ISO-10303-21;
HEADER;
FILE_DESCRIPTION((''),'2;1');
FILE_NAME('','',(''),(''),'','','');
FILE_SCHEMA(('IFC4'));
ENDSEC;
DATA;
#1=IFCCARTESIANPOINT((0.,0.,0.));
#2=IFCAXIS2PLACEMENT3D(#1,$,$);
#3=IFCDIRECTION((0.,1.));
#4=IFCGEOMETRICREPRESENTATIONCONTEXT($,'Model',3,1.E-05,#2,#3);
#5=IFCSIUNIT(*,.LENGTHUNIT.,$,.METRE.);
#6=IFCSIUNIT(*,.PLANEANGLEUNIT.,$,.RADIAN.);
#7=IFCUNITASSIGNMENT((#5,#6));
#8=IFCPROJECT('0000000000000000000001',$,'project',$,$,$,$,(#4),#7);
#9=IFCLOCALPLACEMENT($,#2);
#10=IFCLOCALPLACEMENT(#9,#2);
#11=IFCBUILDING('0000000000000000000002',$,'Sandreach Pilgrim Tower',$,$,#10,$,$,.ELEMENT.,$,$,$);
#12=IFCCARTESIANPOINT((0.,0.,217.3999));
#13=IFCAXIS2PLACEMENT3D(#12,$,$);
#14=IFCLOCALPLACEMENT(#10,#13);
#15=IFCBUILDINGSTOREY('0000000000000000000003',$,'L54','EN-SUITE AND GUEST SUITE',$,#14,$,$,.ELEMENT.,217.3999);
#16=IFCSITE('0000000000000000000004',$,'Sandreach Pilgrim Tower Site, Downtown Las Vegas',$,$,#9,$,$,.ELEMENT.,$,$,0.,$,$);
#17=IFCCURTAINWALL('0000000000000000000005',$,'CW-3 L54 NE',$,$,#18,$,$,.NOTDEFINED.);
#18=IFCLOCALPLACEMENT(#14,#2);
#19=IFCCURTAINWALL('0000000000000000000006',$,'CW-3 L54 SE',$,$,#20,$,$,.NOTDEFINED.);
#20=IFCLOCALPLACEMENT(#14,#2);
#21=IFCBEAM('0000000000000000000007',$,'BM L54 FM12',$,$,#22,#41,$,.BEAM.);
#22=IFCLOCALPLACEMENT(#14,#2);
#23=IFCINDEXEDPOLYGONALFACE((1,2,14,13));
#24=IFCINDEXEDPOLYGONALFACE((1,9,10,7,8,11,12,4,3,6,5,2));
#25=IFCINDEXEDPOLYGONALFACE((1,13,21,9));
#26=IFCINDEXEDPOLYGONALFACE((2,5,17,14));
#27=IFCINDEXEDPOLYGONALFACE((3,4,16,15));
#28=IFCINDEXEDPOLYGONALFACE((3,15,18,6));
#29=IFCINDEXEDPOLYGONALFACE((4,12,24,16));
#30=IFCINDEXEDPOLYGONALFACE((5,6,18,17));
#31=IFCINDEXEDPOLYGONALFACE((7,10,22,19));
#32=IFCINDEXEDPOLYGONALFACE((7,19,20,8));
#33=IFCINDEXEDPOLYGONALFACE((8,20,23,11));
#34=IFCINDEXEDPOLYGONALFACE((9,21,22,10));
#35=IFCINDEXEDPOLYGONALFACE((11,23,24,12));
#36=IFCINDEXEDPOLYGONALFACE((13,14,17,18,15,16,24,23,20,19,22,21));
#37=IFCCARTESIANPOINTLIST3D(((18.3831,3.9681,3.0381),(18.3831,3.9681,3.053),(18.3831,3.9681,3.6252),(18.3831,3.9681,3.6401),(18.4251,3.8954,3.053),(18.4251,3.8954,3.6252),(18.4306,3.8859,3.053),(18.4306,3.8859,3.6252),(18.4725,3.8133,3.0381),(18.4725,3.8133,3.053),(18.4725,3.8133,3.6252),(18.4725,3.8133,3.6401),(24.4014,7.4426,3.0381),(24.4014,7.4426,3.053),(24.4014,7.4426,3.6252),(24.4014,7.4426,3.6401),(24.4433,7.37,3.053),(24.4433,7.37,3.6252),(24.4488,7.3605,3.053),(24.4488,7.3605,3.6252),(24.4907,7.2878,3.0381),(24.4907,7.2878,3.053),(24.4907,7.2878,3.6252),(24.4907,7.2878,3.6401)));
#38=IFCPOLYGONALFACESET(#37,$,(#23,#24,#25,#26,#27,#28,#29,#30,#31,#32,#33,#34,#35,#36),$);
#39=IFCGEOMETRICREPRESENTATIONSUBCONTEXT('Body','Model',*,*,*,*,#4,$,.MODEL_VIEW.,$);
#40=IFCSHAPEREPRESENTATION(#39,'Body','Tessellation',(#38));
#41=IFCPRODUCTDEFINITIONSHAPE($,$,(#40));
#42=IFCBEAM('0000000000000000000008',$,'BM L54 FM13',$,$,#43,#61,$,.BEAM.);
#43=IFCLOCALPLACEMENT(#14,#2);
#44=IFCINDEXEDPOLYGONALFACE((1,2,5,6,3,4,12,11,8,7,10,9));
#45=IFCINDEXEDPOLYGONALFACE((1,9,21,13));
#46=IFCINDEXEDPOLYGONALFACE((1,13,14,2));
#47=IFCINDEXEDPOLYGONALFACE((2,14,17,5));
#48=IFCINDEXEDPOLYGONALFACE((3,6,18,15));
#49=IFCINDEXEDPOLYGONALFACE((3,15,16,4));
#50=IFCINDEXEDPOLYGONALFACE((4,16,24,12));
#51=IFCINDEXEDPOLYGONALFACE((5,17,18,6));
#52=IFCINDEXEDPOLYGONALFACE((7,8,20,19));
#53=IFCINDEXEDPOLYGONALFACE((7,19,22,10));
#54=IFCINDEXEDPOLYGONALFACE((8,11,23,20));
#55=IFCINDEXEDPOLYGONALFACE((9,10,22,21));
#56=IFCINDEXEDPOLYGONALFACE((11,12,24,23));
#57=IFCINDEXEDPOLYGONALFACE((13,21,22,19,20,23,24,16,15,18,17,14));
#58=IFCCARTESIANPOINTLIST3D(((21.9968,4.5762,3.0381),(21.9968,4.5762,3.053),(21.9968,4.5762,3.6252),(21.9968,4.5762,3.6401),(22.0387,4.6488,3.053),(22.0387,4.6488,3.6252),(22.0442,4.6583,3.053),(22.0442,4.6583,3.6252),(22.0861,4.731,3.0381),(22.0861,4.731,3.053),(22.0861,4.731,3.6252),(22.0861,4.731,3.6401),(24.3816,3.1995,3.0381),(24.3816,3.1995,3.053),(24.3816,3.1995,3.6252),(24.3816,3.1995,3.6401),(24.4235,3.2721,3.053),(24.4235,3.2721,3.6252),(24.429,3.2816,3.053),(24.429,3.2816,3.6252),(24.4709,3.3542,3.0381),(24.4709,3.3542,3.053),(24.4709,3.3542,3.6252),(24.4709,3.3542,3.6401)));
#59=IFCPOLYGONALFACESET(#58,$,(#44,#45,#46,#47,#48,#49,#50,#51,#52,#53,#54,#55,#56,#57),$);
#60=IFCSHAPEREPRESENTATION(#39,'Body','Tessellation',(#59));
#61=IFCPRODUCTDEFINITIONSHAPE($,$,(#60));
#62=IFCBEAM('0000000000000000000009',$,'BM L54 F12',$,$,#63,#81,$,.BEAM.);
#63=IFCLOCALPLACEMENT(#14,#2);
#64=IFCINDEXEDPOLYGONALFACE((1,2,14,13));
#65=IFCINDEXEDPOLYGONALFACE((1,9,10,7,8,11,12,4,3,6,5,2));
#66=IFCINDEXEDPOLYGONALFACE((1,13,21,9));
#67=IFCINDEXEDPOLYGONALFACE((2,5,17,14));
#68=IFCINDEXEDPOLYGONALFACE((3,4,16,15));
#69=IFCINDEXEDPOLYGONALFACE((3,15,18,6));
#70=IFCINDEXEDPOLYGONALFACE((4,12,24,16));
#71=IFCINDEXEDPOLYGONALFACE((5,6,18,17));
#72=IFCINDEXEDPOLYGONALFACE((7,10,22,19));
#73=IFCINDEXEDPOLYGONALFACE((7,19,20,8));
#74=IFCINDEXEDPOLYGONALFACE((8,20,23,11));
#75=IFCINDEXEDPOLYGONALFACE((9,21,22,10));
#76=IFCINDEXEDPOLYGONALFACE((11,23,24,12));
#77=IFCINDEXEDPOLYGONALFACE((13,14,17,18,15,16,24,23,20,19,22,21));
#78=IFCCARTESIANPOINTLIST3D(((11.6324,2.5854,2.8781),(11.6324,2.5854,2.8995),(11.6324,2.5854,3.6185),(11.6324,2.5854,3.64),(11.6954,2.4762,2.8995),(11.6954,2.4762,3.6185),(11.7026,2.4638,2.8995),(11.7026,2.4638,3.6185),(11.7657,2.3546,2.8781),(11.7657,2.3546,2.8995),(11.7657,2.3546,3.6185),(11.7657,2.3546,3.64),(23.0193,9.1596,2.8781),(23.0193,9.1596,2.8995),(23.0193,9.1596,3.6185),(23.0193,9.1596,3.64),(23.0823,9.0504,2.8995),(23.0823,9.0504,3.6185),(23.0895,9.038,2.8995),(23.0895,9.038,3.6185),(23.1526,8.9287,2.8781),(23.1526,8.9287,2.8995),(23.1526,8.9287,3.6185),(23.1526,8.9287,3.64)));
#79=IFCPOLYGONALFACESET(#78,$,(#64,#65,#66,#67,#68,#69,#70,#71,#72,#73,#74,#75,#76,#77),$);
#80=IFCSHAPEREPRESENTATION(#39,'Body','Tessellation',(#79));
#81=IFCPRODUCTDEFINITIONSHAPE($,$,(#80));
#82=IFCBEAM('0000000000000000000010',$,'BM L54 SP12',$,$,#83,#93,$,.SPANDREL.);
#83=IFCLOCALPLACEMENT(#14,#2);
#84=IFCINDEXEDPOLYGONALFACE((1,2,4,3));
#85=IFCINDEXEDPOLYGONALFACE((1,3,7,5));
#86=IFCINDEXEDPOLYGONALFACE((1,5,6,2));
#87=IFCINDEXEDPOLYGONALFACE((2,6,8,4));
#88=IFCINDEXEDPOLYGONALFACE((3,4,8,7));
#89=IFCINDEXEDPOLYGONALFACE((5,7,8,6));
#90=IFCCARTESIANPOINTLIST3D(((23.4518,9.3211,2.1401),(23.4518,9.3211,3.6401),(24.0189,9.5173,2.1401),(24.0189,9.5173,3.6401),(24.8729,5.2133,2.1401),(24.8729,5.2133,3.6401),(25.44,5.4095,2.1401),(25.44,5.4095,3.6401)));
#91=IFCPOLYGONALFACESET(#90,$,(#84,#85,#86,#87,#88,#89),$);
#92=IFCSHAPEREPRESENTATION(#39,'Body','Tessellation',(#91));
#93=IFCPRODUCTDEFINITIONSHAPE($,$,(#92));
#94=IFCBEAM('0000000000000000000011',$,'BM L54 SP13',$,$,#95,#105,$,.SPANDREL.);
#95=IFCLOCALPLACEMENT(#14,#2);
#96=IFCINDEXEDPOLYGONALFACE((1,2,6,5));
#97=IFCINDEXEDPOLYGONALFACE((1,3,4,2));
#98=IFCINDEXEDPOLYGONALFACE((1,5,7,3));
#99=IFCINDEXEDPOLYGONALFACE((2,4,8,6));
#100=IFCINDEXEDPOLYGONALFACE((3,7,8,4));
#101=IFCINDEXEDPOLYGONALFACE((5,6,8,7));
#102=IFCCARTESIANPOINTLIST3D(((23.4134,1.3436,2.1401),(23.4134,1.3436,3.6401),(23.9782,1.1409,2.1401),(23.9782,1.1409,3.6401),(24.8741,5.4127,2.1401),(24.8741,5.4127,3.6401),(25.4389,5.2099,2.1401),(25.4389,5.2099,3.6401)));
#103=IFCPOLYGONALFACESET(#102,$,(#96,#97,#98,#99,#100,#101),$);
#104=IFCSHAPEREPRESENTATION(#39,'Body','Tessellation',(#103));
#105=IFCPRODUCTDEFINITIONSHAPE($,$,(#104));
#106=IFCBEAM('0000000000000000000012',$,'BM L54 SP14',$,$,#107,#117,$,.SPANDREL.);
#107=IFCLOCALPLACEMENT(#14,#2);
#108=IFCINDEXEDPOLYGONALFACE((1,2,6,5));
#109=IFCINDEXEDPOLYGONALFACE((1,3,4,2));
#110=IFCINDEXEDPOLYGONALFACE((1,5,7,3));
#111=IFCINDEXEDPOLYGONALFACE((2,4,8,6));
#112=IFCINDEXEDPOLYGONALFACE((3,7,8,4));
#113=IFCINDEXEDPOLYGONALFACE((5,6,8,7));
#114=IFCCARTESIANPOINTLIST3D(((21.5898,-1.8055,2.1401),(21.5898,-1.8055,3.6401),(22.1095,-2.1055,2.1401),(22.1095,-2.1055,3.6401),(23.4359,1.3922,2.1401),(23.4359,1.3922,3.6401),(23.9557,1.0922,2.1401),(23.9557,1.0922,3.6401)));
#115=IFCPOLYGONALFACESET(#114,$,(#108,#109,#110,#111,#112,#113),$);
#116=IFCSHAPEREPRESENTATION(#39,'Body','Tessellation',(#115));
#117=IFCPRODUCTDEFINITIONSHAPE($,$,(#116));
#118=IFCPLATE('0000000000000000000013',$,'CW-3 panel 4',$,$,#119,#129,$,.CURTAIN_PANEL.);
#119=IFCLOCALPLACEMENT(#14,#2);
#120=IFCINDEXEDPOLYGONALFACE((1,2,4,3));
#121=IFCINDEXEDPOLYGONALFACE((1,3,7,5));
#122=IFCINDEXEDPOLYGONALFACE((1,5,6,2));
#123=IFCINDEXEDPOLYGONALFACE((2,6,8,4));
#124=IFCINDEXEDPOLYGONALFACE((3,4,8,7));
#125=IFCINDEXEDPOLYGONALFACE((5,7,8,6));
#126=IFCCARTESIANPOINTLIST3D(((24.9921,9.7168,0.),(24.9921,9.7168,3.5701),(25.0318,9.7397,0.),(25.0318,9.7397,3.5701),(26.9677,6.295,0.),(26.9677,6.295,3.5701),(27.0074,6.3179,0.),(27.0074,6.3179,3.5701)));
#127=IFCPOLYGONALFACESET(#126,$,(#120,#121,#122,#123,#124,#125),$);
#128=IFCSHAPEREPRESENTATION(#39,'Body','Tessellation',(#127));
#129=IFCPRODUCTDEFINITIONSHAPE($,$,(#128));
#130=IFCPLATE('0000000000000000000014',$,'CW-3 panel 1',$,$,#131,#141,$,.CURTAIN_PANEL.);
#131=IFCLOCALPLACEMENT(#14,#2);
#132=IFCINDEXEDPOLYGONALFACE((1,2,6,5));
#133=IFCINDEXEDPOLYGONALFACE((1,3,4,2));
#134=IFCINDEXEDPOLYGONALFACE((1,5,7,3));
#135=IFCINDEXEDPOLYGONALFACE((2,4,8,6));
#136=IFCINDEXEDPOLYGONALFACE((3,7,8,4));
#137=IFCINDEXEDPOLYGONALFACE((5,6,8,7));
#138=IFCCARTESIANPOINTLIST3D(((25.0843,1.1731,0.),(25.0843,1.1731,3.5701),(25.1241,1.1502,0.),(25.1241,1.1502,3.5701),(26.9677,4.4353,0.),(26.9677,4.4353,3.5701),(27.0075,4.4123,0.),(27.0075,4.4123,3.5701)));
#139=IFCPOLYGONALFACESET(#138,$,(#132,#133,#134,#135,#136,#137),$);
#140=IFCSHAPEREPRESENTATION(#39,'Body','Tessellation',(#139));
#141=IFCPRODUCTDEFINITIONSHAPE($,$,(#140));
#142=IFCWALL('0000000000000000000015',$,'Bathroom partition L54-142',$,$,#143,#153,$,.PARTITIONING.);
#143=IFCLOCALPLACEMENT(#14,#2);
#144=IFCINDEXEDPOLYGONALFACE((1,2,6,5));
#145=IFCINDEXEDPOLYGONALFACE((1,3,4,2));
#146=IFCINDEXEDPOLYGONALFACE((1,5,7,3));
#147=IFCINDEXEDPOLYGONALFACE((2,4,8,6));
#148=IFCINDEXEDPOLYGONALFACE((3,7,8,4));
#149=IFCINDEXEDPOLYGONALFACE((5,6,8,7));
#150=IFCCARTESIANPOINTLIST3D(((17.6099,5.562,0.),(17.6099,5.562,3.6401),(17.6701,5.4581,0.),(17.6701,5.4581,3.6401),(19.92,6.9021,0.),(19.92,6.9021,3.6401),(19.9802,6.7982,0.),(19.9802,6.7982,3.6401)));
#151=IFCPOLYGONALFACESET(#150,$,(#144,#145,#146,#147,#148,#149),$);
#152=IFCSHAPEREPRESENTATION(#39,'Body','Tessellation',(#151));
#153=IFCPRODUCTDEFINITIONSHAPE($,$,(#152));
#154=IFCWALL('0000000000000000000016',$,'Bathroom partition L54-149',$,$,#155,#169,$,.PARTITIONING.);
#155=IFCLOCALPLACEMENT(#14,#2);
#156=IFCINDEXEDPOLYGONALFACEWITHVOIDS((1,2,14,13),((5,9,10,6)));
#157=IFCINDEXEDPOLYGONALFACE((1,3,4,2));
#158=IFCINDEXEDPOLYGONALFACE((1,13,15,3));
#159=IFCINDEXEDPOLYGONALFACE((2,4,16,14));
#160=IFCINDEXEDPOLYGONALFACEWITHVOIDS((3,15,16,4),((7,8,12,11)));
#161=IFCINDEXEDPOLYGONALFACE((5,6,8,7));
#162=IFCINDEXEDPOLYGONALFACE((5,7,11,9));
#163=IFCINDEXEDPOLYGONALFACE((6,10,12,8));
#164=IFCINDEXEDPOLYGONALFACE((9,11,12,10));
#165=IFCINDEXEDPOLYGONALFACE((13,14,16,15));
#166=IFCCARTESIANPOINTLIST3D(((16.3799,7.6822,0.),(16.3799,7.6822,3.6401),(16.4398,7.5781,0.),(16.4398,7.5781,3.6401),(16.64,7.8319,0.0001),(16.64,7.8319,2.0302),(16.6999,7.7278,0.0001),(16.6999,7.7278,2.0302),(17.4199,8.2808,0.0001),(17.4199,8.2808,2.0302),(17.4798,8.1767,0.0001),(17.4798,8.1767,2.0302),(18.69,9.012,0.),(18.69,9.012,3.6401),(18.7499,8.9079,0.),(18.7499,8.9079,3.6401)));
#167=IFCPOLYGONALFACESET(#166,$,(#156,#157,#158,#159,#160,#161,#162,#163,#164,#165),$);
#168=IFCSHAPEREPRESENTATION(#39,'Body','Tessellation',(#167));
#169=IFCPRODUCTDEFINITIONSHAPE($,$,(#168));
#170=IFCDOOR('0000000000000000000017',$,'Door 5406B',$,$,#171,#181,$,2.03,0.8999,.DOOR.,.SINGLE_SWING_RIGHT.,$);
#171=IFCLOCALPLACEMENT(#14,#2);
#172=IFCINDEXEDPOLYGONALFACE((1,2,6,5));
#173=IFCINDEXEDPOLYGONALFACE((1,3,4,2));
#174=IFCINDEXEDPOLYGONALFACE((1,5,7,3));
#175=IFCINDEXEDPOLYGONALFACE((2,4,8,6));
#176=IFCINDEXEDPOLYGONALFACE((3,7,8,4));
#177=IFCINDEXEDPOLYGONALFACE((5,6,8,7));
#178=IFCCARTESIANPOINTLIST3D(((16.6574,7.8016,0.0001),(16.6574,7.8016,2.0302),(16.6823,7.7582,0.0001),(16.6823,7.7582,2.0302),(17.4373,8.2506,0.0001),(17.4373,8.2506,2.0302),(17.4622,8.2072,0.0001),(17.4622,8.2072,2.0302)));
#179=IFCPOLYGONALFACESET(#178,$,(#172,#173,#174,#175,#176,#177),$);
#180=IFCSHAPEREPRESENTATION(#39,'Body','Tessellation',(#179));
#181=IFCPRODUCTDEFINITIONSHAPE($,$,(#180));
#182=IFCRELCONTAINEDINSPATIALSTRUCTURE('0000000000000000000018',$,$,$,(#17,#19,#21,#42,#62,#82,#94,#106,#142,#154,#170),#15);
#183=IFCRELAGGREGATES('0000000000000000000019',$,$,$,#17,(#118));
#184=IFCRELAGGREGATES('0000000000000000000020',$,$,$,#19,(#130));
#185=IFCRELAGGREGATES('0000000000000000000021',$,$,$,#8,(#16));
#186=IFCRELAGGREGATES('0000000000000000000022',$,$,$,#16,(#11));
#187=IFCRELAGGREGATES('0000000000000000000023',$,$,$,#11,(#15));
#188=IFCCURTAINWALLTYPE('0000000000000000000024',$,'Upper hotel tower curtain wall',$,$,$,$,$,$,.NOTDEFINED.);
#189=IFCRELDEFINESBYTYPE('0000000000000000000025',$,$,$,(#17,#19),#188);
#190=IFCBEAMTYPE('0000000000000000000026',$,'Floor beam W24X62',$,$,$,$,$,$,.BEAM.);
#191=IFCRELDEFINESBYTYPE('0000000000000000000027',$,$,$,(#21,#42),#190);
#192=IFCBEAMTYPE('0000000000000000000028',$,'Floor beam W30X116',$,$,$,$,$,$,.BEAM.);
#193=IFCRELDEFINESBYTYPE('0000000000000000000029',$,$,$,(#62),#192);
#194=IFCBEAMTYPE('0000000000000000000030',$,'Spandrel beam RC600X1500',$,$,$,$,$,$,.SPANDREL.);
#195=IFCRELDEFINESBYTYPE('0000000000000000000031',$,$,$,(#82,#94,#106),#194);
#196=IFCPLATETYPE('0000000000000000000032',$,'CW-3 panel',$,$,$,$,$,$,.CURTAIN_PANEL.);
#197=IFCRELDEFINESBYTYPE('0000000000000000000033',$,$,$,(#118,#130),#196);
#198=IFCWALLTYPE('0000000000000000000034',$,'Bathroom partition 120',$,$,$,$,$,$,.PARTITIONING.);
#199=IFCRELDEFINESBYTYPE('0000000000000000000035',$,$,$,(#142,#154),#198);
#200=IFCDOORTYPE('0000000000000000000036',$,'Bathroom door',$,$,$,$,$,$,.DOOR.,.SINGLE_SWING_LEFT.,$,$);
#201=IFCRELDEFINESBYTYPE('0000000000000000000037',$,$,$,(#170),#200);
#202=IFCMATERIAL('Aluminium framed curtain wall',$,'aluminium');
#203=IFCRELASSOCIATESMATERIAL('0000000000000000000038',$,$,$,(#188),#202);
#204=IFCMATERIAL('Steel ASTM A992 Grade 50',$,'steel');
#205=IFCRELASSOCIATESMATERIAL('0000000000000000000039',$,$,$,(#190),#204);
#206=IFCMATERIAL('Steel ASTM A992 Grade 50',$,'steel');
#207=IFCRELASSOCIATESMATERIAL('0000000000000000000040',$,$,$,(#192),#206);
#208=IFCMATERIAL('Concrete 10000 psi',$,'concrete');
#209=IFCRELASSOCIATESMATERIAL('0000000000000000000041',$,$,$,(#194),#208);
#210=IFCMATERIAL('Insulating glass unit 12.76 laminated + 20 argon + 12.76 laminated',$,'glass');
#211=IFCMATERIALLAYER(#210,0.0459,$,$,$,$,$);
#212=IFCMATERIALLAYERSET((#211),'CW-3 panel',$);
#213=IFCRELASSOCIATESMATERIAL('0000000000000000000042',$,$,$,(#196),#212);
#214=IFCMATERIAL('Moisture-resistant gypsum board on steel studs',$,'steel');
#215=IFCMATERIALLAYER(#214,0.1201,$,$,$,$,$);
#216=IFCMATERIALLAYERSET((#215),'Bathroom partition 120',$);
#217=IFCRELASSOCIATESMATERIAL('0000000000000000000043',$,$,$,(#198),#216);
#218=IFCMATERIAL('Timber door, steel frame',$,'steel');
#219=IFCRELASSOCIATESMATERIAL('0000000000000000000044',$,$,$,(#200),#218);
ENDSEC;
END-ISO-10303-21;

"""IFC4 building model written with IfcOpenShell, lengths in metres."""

from ifc_helpers import new_model, si_unit, direction, frame, frame_2d, origin, origin_2d, place, context, subcontext, project, spatial, rectangle, i_section, extrude, material, layer, layer_set, material_profile, profile_set, type_object, element, fill, aggregate, save


model = new_model("IFC4")

# Units and contexts
model_context = context("Model", 3, precision=1e-05, world=origin(), true_north=direction((0.0, 1.0)))
body_context = subcontext(model_context, "Body", "Model", "MODEL_VIEW")
ifc_project = project(units=[si_unit("LENGTHUNIT", "METRE"), si_unit("PLANEANGLEUNIT", "RADIAN")], contexts=[model_context])

# Site, building, storey
site_placement = place(None, origin())
site = spatial("IfcSite", under=ifc_project, at=site_placement, Name="Sandreach Pilgrim Tower Site, Downtown Las Vegas", CompositionType="ELEMENT", RefElevation=0.0)
building_placement = place(site_placement, origin())
building = spatial("IfcBuilding", under=site, at=building_placement, Name="Sandreach Pilgrim Tower", CompositionType="ELEMENT")
storey_placement = place(building_placement, frame((0.0, 0.0, 217.3999)))
storey = spatial("IfcBuildingStorey", under=building, at=storey_placement, Name="L54", Description="EN-SUITE AND GUEST SUITE", CompositionType="ELEMENT", Elevation=217.3999)

# Curtain wall
ifc_material_1 = material(Name="Aluminium framed curtain wall", Category="aluminium")
curtain_wall_type = type_object("IfcCurtainWallType", Name="Upper hotel tower curtain wall", PredefinedType="NOTDEFINED", material=ifc_material_1)
curtain_wall_1_placement = place(storey_placement, origin())
curtain_wall_1 = element("IfcCurtainWall", 1, at=curtain_wall_1_placement, inside=storey, type_object=curtain_wall_type, Name="CW-3 L54 NE", PredefinedType="NOTDEFINED")

# Curtain wall
curtain_wall_2_placement = place(storey_placement, origin())
curtain_wall_2 = element("IfcCurtainWall", 2, at=curtain_wall_2_placement, inside=storey, type_object=curtain_wall_type, Name="CW-3 L54 SE", PredefinedType="NOTDEFINED")

# Beams
ifc_material_2 = material(Name="Steel ASTM A992 Grade 50", Category="steel")
ifc_material_profile_1 = material_profile(ifc_material_2, i_section(OverallWidth=0.1787, OverallDepth=0.6021, WebThickness=0.011, FlangeThickness=0.0149, at=origin_2d()), Name="W24X62")
ifc_profile_set_1 = profile_set([ifc_material_profile_1], Name="Steel ASTM A992 Grade 50")
beam_type_1 = type_object("IfcBeamType", Name="Floor beam W24X62", PredefinedType="BEAM", material=ifc_profile_set_1)
beam_1_placement = place(storey_placement, frame((24.446, 7.3652, 3.3391), z_axis=(-0.866029, -0.499993, 0.0), x_axis=(0.499993, -0.866029, 0.0)))
element("IfcBeam", 3, at=beam_1_placement, inside=storey, type_object=beam_type_1, Name="BM L54 FM12", PredefinedType="BEAM", context=body_context, shape_type="SweptSolid", body=[
    extrude(i_section(OverallWidth=0.1787, OverallDepth=0.6021, WebThickness=0.011, FlangeThickness=0.0149, at=origin_2d()), origin(), (0.0, 0.0, 1.0), 6.9492),
])
beam_2_placement = place(storey_placement, frame((24.4263, 3.2769, 3.3391), z_axis=(-0.866047, 0.499963, 0.0), x_axis=(-0.499963, -0.866047, 0.0)))
element("IfcBeam", 4, at=beam_2_placement, inside=storey, type_object=beam_type_1, Name="BM L54 FM13", PredefinedType="BEAM", context=body_context, shape_type="SweptSolid", body=[
    extrude(i_section(OverallWidth=0.1787, OverallDepth=0.6021, WebThickness=0.011, FlangeThickness=0.0149, at=origin_2d()), origin(), (0.0, 0.0, 1.0), 2.7537),
])
ifc_material_3 = material(Name="Steel ASTM A992 Grade 50", Category="steel")
ifc_material_profile_2 = material_profile(ifc_material_3, i_section(OverallWidth=0.2666, OverallDepth=0.762, WebThickness=0.0144, FlangeThickness=0.0215, at=origin_2d()), Name="W30X116")
ifc_profile_set_2 = profile_set([ifc_material_profile_2], Name="Steel ASTM A992 Grade 50")
beam_type_2 = type_object("IfcBeamType", Name="Floor beam W30X116", PredefinedType="BEAM", material=ifc_profile_set_2)
beam_3_placement = place(storey_placement, frame((23.0859, 9.0442, 3.259), z_axis=(-0.866027, -0.499997, 0.0), x_axis=(0.499997, -0.866027, 0.0)))
element("IfcBeam", 5, at=beam_3_placement, inside=storey, type_object=beam_type_2, Name="BM L54 F12", PredefinedType="BEAM", context=body_context, shape_type="SweptSolid", body=[
    extrude(i_section(OverallWidth=0.2666, OverallDepth=0.762, WebThickness=0.0144, FlangeThickness=0.0215, at=origin_2d()), origin(), (0.0, 0.0, 1.0), 13.1484),
])
ifc_material_4 = material(Name="Concrete 10000 psi", Category="concrete")
ifc_material_profile_3 = material_profile(ifc_material_4, rectangle(XDim=0.6001, YDim=1.5, at=origin_2d()), Name="RC600X1500")
ifc_profile_set_3 = profile_set([ifc_material_profile_3], Name="Concrete 10000 psi")
beam_type_3 = type_object("IfcBeamType", Name="Spandrel beam RC600X1500", PredefinedType="SPANDREL", material=ifc_profile_set_3)
beam_4_placement = place(storey_placement, frame((23.7354, 9.4192, 2.8901), z_axis=(0.326941, -0.945045, 0.0), x_axis=(0.945045, 0.326941, 0.0)))
element("IfcBeam", 6, at=beam_4_placement, inside=storey, type_object=beam_type_3, Name="BM L54 SP12", PredefinedType="SPANDREL", context=body_context, shape_type="SweptSolid", body=[
    extrude(rectangle(XDim=0.6001, YDim=1.5, at=origin_2d()), origin(), (0.0, 0.0, 1.0), 4.3467),
])
beam_5_placement = place(storey_placement, frame((25.1565, 5.3113, 2.8901), z_axis=(-0.337863, -0.941195, 0.0), x_axis=(0.941195, -0.337863, 0.0)))
element("IfcBeam", 7, at=beam_5_placement, inside=storey, type_object=beam_type_3, Name="BM L54 SP13", PredefinedType="SPANDREL", context=body_context, shape_type="SweptSolid", body=[
    extrude(rectangle(XDim=0.6001, YDim=1.5, at=origin_2d()), origin(), (0.0, 0.0, 1.0), 4.3232),
])
beam_6_placement = place(storey_placement, frame((23.6958, 1.2422, 2.8901), z_axis=(-0.499993, -0.866029, 0.0), x_axis=(0.866029, -0.499993, 0.0)))
element("IfcBeam", 8, at=beam_6_placement, inside=storey, type_object=beam_type_3, Name="BM L54 SP14", PredefinedType="SPANDREL", context=body_context, shape_type="SweptSolid", body=[
    extrude(rectangle(XDim=0.6001, YDim=1.5, at=origin_2d()), origin(), (0.0, 0.0, 1.0), 3.6924),
])

# Plates
ifc_material_5 = material(Name="Insulating glass unit 12.76 laminated + 20 argon + 12.76 laminated", Category="glass")
ifc_layer_1 = layer(ifc_material_5, 0.0459)
ifc_layer_set_1 = layer_set([ifc_layer_1], Name="CW-3 panel")
plate_type = type_object("IfcPlateType", Name="CW-3 panel", PredefinedType="CURTAIN_PANEL", material=ifc_layer_set_1)
plate_1_placement = place(storey_placement, frame((25.9998, 8.0173, 0.0), z_axis=(0.0, 0.0, 1.0), x_axis=(0.5, -0.866025, 0.0)))
plate_1 = element("IfcPlate", 9, at=plate_1_placement, type_object=plate_type, Name="CW-3 panel 4", PredefinedType="CURTAIN_PANEL", context=body_context, shape_type="SweptSolid", body=[
    extrude(rectangle(XDim=3.9512, YDim=0.0459, at=origin_2d()), origin(), (0.0, 0.0, 1.0), 3.5701),
])
aggregate(curtain_wall_1, [plate_1])
plate_2_placement = place(storey_placement, frame((26.0459, 2.7927, 0.0), z_axis=(0.0, 0.0, 1.0), x_axis=(-0.5, -0.866025, 0.0)))
plate_2 = element("IfcPlate", 10, at=plate_2_placement, type_object=plate_type, Name="CW-3 panel 1", PredefinedType="CURTAIN_PANEL", context=body_context, shape_type="SweptSolid", body=[
    extrude(rectangle(XDim=3.7668, YDim=0.0459, at=origin_2d()), origin(), (0.0, 0.0, 1.0), 3.5701),
])
aggregate(curtain_wall_2, [plate_2])

# Wall
ifc_material_6 = material(Name="Moisture-resistant gypsum board on steel studs", Category="steel")
ifc_layer_2 = layer(ifc_material_6, 0.1201)
ifc_layer_set_2 = layer_set([ifc_layer_2], Name="Bathroom partition 120")
wall_type_1 = type_object("IfcWallType", Name="Bathroom partition 120", PredefinedType="PARTITIONING", material=ifc_layer_set_2)
wall_1_placement = place(storey_placement, frame((17.6399, 5.51, 0.0), z_axis=(0.0, 0.0, 1.0), x_axis=(0.86499, 0.501789, 0.0)))
element("IfcWall", 11, at=wall_1_placement, inside=storey, type_object=wall_type_1, Name="Bathroom partition L54-142", PredefinedType="PARTITIONING", context=body_context, shape_type="SweptSolid", body=[
    extrude(rectangle(XDim=2.6707, YDim=0.1201, at=frame_2d((1.3354, 0.0))), origin(), (0.0, 0.0, 1.0), 3.6401),
])

# Wall, opening, door
wall_2_placement = place(storey_placement, frame((18.72, 8.96, 0.0), z_axis=(0.0, 0.0, 1.0), x_axis=(-0.866655, -0.498908, 0.0)))
wall_2 = element("IfcWall", 12, at=wall_2_placement, inside=storey, type_object=wall_type_1, Name="Bathroom partition L54-149", PredefinedType="PARTITIONING", context=body_context, shape_type="SweptSolid", body=[
    extrude(rectangle(XDim=2.6655, YDim=0.1201, at=frame_2d((1.3328, 0.0))), origin(), (0.0, 0.0, 1.0), 3.6401),
])
opening_1_placement = place(wall_2_placement, frame((1.4656, 0.0, 0.0)))
opening_1 = element("IfcOpeningElement", 13, at=opening_1_placement, cuts=wall_2, PredefinedType="OPENING", context=body_context, shape_type="SweptSolid", body=[
    extrude(rectangle(XDim=0.8999, YDim=2.03, at=frame_2d((0.45, 1.0151))), frame((0.0, 0.0601, 0.0), z_axis=(0.0, -1.0, 0.0), x_axis=(1.0, 0.0, 0.0)), (0.0, 0.0, 1.0), 0.1201),
])
ifc_material_7 = material(Name="Timber door, steel frame", Category="steel")
door_type = type_object("IfcDoorType", Name="Bathroom door", OperationType="SINGLE_SWING_LEFT", PredefinedType="DOOR", material=ifc_material_7)
door_1_placement = place(opening_1_placement, origin())
door_1 = element("IfcDoor", 14, at=door_1_placement, inside=storey, type_object=door_type, Name="Door 5406B", OperationType="SINGLE_SWING_RIGHT", OverallHeight=2.03, OverallWidth=0.8999, PredefinedType="DOOR", context=body_context, shape_type="SweptSolid", body=[
    extrude(rectangle(XDim=0.8999, YDim=2.03, at=frame_2d((0.45, 1.0151))), frame((0.0, 0.0249, 0.0), z_axis=(0.0, -1.0, 0.0), x_axis=(1.0, 0.0, 0.0)), (0.0, 0.0, 1.0), 0.05),
])
fill(opening_1, door_1)

save(model, "model.ifc")
